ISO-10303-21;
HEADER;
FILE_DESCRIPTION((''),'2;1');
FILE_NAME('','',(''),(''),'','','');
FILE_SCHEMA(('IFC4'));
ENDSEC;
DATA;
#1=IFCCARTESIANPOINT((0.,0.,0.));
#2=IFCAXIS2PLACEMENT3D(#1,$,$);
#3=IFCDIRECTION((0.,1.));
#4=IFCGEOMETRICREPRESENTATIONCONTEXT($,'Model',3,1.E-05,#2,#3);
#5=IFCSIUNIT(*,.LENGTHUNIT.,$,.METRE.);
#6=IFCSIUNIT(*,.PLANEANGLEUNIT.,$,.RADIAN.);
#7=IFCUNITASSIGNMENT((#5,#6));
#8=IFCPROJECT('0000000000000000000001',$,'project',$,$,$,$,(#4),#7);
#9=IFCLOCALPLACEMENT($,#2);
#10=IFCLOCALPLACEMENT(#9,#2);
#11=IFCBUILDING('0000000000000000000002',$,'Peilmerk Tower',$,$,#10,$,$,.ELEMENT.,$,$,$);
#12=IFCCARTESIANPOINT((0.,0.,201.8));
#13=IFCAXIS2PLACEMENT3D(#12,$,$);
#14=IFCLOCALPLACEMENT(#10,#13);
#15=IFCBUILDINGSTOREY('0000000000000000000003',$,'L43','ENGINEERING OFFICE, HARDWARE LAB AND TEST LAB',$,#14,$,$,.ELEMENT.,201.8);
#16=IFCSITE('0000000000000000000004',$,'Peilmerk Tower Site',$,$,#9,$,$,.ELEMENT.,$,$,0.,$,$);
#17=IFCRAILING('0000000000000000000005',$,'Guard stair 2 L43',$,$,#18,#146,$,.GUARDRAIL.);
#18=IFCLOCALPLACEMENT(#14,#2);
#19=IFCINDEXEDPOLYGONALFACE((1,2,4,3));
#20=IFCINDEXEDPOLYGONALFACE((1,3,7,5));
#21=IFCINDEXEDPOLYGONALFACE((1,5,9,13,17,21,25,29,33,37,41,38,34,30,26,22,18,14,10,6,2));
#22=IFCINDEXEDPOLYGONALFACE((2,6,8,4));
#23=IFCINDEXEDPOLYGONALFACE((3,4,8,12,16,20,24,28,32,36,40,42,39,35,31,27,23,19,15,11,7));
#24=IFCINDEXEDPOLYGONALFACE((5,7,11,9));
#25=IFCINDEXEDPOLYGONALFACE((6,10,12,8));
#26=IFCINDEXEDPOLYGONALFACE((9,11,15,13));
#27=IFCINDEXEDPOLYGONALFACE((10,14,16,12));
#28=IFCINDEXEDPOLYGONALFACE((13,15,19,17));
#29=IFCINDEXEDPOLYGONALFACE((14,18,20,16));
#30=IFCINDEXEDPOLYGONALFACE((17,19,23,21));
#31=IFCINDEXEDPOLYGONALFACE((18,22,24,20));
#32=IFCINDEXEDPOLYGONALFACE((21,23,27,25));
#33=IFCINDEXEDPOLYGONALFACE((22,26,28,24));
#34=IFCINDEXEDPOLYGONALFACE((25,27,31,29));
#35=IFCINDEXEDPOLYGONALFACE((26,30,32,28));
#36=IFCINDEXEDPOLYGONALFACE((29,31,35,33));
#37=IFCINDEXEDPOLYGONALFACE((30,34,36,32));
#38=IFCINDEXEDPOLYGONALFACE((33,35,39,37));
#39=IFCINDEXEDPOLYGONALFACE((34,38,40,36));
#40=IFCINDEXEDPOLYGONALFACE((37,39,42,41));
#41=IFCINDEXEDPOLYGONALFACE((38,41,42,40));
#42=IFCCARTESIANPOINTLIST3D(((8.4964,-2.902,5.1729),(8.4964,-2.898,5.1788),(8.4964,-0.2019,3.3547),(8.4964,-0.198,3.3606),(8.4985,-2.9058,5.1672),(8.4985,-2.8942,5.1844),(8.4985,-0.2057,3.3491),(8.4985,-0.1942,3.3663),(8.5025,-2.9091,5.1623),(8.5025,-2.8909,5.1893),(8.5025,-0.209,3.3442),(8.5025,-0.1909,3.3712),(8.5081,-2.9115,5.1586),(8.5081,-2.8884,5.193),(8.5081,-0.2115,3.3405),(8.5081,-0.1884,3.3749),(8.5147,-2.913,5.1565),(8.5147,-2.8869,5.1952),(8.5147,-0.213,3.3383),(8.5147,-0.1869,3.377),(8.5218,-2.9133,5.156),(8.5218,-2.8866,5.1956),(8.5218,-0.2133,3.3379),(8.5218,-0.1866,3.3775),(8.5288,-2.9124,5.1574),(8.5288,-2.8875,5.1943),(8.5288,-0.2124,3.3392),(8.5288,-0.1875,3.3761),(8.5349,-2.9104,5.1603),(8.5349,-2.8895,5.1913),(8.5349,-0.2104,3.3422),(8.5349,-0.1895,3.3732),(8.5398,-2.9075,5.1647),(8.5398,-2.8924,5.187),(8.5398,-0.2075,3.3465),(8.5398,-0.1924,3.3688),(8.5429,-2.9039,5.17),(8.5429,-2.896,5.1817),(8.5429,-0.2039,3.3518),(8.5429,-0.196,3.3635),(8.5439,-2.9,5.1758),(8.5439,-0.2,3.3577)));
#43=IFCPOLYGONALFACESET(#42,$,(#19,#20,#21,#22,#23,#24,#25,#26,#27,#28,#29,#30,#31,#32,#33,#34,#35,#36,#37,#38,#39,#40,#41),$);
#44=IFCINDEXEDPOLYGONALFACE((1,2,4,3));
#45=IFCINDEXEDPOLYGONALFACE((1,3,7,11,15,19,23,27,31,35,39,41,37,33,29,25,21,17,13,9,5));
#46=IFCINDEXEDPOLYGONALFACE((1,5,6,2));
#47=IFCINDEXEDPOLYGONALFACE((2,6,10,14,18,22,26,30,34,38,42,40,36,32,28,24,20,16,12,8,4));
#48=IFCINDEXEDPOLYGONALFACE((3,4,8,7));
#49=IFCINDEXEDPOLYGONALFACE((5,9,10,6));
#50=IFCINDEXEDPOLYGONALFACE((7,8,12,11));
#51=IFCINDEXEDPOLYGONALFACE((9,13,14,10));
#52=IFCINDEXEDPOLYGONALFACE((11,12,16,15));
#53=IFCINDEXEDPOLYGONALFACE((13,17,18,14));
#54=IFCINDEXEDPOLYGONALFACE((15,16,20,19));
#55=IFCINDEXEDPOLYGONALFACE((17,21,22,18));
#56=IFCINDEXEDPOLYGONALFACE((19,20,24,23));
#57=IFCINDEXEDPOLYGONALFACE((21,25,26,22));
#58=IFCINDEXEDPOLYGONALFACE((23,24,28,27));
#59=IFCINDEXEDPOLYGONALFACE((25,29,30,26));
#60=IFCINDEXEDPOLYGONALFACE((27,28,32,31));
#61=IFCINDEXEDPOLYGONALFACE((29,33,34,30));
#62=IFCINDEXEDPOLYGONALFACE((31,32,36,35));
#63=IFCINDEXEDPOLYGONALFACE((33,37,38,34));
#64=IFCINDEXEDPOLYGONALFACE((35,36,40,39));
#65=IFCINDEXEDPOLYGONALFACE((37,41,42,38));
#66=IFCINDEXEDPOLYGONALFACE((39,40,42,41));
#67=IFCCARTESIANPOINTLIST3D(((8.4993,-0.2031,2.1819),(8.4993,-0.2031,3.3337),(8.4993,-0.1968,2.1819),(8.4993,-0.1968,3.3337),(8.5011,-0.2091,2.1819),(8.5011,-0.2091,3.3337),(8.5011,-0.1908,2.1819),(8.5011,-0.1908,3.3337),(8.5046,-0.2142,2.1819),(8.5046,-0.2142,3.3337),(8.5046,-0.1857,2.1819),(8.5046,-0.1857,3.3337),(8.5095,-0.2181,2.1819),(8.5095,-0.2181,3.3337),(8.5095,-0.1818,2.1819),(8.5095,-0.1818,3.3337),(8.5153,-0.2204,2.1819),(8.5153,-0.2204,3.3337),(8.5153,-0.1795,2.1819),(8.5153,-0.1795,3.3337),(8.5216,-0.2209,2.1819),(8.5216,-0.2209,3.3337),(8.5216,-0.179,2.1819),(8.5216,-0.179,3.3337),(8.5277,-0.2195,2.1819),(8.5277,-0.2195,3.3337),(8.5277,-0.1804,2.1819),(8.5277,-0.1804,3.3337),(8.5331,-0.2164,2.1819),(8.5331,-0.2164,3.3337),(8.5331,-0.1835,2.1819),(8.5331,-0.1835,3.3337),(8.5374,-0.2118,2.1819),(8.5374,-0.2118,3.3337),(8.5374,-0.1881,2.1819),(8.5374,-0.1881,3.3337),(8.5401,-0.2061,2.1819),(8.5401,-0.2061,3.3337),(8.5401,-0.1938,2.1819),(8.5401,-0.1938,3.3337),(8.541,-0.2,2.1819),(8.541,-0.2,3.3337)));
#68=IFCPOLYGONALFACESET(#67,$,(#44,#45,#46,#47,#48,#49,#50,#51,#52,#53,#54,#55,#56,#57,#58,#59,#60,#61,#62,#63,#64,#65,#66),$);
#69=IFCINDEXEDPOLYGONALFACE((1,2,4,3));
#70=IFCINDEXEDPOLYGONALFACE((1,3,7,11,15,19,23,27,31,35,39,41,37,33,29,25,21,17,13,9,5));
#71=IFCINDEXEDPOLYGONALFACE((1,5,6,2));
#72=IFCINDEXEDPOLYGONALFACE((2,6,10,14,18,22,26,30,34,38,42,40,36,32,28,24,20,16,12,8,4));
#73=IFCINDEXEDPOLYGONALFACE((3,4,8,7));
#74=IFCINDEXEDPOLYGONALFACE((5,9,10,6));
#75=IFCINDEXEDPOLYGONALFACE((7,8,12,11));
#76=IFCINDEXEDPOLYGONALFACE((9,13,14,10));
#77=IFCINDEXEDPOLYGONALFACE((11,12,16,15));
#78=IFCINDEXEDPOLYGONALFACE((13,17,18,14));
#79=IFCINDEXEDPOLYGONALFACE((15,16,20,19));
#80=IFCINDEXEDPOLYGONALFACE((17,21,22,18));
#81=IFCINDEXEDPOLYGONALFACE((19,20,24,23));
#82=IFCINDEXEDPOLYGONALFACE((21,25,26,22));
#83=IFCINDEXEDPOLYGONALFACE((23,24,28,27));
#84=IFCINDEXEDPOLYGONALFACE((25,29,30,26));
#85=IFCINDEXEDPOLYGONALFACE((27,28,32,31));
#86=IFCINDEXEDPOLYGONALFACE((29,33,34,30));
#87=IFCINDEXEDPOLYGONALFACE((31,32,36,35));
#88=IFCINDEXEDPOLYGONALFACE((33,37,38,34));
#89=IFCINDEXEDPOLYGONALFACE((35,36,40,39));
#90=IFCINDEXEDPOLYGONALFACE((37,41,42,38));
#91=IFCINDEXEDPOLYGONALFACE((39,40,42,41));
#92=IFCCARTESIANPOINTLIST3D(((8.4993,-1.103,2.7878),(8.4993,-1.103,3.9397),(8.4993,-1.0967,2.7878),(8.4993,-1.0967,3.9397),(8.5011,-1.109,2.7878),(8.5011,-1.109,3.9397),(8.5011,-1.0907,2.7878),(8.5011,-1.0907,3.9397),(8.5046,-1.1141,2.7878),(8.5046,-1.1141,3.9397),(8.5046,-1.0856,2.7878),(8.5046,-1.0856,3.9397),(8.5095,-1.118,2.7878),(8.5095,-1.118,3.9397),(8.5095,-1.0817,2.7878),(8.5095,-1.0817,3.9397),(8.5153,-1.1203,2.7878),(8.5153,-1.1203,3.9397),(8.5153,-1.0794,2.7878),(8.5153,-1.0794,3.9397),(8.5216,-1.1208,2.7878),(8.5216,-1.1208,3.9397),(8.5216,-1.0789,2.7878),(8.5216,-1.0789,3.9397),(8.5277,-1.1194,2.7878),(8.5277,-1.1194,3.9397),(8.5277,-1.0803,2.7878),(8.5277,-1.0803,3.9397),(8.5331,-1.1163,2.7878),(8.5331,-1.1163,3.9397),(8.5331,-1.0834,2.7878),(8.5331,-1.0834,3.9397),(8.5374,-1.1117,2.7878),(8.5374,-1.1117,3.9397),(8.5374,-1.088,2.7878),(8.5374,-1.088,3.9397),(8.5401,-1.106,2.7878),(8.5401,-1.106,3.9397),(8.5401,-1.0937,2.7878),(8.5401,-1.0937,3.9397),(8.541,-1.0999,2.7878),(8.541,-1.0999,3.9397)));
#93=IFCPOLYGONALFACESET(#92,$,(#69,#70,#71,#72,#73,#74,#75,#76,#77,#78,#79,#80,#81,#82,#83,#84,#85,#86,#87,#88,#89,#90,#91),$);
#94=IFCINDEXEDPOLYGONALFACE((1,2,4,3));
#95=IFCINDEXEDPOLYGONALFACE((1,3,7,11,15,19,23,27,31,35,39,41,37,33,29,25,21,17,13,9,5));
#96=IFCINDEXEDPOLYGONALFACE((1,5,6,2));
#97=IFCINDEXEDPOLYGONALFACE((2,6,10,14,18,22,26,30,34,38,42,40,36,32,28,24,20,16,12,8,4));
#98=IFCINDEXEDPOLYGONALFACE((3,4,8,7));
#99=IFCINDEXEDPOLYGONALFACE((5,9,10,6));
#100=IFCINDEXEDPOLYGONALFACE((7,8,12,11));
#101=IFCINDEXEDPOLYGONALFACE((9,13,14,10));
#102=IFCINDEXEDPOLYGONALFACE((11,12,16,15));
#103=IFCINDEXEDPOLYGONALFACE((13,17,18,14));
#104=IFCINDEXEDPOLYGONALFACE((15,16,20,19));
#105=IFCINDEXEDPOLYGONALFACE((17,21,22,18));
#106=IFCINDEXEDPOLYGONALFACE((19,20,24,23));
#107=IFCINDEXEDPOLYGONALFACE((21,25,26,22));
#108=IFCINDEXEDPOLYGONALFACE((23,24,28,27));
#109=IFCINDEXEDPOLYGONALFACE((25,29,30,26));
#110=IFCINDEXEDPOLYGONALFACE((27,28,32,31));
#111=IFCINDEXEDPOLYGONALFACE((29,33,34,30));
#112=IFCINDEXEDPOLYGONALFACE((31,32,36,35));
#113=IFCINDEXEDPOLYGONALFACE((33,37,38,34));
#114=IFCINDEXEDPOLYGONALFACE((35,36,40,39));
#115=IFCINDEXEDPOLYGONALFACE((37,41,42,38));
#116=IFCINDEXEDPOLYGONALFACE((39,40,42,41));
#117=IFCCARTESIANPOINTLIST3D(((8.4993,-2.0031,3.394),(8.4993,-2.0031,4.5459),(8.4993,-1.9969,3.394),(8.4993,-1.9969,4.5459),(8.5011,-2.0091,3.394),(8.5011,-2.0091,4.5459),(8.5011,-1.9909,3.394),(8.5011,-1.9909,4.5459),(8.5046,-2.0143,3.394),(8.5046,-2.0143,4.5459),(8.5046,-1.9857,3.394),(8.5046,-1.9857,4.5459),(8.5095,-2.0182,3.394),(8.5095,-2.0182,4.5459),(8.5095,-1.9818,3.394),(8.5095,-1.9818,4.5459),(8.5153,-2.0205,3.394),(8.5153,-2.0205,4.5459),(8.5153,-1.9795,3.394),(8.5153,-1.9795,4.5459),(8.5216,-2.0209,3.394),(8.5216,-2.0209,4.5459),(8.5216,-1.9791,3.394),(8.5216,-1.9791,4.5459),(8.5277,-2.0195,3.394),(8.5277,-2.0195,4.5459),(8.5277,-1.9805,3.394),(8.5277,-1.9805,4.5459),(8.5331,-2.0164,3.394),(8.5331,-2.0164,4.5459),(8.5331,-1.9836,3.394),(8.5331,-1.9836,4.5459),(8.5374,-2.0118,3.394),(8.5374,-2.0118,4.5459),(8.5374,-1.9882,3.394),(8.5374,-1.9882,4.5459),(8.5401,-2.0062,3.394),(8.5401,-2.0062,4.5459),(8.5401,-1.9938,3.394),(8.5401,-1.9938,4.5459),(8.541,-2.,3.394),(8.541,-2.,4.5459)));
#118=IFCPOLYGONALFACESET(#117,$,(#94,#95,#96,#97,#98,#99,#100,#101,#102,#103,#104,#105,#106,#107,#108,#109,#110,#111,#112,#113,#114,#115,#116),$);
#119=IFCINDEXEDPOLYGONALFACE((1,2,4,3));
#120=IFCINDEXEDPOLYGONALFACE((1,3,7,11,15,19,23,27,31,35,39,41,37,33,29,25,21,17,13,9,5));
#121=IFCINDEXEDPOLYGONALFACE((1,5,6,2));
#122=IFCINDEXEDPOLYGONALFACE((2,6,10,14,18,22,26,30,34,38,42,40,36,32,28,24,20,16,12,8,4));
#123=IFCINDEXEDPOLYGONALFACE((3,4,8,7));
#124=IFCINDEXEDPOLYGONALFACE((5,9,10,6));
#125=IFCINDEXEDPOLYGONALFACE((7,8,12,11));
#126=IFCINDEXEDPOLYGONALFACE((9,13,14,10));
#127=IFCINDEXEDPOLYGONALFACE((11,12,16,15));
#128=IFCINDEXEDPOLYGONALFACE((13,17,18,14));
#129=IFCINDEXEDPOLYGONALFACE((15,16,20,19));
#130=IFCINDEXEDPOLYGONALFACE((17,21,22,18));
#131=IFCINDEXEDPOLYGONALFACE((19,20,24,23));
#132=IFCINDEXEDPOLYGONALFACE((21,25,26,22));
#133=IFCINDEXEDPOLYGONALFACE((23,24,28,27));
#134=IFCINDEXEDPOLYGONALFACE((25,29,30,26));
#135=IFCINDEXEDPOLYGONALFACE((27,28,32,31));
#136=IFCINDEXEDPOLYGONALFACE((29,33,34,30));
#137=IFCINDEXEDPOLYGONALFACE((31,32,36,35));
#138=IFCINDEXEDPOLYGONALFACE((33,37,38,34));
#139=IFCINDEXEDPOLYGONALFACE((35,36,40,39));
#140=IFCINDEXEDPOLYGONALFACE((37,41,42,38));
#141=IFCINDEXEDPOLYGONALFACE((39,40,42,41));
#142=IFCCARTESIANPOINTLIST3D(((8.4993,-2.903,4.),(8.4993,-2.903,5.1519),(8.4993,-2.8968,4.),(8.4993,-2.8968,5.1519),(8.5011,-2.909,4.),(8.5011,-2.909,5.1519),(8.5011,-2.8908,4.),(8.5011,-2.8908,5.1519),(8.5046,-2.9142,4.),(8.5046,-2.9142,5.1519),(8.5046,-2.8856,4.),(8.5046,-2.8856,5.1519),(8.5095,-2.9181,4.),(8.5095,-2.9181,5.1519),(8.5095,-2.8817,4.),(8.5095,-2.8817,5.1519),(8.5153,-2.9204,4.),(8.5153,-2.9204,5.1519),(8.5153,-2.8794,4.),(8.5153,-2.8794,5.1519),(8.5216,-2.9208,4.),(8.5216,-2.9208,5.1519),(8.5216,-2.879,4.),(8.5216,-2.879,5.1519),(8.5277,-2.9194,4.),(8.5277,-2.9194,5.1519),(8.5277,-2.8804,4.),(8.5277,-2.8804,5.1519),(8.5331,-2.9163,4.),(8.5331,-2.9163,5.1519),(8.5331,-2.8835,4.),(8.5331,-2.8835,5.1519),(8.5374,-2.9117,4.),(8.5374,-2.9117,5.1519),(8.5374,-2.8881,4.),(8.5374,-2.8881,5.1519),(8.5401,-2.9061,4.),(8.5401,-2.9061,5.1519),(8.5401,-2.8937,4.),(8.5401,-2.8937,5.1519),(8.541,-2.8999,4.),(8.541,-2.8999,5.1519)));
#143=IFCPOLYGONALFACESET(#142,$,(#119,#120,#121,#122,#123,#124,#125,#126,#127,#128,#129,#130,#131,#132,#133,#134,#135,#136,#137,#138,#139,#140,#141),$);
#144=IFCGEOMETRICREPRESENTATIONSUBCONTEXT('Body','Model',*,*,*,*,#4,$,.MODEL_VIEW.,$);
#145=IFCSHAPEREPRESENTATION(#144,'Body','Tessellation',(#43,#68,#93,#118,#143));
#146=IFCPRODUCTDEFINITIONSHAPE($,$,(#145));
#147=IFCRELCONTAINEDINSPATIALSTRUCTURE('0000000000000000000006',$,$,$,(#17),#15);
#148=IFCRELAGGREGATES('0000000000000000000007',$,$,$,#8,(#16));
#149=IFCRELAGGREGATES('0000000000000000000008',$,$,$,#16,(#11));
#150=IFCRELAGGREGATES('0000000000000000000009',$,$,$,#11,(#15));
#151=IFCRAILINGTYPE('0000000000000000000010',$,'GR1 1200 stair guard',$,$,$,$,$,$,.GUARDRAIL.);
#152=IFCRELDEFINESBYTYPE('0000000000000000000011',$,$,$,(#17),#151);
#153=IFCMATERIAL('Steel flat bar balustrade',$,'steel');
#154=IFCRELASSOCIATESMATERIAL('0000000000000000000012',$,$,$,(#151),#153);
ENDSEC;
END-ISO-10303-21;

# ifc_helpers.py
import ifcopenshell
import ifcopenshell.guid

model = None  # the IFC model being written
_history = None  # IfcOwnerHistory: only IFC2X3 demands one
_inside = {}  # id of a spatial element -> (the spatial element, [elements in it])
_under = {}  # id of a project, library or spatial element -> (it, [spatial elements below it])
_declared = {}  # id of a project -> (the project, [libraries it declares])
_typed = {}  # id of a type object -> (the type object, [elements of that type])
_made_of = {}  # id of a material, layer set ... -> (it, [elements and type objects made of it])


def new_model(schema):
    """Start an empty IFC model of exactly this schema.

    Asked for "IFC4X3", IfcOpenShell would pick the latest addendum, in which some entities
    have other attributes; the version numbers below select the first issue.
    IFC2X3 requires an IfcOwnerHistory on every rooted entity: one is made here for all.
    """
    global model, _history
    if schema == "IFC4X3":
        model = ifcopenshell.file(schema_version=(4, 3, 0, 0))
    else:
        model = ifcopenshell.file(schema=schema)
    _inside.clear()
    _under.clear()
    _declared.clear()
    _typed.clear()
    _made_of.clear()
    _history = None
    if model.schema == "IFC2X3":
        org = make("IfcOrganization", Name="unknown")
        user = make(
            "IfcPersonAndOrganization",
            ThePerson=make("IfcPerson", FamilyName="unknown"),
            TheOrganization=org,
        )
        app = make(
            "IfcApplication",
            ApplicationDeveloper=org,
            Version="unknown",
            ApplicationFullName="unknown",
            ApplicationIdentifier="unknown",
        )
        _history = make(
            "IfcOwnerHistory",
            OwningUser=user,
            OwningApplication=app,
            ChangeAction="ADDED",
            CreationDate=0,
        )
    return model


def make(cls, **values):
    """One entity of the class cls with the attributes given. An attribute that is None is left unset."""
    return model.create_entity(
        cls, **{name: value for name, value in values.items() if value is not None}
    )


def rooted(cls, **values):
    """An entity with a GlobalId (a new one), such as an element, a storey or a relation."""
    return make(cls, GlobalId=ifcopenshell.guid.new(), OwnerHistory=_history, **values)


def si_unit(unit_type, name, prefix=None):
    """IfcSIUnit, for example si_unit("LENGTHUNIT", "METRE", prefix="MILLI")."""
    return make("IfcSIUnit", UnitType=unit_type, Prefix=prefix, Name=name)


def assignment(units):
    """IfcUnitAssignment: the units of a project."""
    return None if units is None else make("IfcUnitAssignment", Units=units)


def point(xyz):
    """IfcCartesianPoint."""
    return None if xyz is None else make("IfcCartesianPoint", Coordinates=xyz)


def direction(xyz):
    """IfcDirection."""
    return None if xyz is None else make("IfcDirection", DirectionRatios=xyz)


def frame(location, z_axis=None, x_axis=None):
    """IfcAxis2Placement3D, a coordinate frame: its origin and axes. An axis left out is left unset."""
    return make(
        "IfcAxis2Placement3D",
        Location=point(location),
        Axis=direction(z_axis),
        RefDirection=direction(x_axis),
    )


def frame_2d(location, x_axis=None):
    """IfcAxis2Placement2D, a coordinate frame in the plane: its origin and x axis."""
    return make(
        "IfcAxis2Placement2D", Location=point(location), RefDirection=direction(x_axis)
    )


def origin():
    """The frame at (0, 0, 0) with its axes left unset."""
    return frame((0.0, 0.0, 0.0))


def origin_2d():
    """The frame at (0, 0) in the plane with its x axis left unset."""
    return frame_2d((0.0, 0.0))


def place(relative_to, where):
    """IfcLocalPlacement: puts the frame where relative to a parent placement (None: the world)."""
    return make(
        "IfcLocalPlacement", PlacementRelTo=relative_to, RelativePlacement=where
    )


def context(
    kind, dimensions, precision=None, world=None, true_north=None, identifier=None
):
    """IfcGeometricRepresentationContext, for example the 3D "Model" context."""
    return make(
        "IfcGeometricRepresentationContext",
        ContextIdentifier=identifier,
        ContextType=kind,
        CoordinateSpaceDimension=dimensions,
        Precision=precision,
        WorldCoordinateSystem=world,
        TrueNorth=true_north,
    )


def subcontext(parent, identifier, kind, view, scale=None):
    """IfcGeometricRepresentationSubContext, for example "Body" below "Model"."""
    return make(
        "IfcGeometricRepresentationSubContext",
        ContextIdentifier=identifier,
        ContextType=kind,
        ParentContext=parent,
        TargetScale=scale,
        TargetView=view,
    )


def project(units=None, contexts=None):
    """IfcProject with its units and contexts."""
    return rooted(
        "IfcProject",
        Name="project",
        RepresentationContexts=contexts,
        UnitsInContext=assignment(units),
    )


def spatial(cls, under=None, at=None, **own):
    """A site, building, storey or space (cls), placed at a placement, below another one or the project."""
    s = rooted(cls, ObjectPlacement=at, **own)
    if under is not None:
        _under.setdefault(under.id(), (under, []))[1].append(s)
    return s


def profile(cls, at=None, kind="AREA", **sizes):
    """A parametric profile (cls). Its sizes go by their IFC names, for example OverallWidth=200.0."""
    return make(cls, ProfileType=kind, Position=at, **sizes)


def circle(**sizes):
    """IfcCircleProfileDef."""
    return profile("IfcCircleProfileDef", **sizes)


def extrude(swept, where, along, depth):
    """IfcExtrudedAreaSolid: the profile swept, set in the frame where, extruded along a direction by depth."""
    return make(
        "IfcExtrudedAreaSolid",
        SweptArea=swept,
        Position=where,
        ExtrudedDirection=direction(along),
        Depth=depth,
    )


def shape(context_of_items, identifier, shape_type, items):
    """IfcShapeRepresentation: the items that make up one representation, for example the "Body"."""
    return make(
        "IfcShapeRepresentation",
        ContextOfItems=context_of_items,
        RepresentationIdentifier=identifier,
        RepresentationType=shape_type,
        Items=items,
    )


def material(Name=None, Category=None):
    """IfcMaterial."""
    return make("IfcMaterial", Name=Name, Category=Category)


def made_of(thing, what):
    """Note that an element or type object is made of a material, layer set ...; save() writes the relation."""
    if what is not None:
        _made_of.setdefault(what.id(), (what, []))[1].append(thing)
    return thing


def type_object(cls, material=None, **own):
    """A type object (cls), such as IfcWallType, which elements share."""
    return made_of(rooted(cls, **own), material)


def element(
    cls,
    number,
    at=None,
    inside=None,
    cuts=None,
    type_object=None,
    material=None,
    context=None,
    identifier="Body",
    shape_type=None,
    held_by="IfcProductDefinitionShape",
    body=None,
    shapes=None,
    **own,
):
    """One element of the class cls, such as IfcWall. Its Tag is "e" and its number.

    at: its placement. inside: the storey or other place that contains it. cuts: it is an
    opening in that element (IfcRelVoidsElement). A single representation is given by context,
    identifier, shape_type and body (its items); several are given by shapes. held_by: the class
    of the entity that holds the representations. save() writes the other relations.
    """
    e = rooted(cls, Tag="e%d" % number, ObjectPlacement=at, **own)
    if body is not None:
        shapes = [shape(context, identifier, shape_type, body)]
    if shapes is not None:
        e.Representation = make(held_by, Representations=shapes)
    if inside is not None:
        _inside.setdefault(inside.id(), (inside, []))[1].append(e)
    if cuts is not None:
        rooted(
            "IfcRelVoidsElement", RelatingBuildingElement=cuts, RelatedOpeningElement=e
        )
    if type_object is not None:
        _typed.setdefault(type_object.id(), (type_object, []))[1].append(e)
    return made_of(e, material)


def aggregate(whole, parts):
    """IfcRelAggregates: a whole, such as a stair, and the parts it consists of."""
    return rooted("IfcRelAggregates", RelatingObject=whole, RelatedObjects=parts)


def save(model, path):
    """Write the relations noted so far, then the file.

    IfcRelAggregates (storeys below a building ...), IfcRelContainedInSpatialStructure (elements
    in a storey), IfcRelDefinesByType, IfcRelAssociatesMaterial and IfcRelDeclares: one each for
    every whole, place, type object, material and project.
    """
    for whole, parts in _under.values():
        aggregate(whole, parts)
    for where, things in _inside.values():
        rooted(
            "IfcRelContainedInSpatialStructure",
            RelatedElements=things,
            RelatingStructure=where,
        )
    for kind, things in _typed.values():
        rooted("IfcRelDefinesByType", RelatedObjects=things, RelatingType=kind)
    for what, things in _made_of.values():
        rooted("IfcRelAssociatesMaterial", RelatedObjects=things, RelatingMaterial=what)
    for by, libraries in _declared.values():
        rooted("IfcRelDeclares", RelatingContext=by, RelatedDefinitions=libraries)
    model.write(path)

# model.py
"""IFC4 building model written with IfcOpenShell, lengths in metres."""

from ifc_helpers import new_model, si_unit, direction, frame, origin, origin_2d, place, context, subcontext, project, spatial, circle, extrude, material, type_object, element, save


model = new_model("IFC4")

# Units and contexts
model_context = context("Model", 3, precision=1e-05, world=origin(), true_north=direction((0.0, 1.0)))
body_context = subcontext(model_context, "Body", "Model", "MODEL_VIEW")
ifc_project = project(units=[si_unit("LENGTHUNIT", "METRE"), si_unit("PLANEANGLEUNIT", "RADIAN")], contexts=[model_context])

# Site, building, storey
site_placement = place(None, origin())
site = spatial("IfcSite", under=ifc_project, at=site_placement, Name="Peilmerk Tower Site", CompositionType="ELEMENT", RefElevation=0.0)
building_placement = place(site_placement, origin())
building = spatial("IfcBuilding", under=site, at=building_placement, Name="Peilmerk Tower", CompositionType="ELEMENT")
storey_placement = place(building_placement, frame((0.0, 0.0, 201.8)))
storey = spatial("IfcBuildingStorey", under=building, at=storey_placement, Name="L43", Description="ENGINEERING OFFICE, HARDWARE LAB AND TEST LAB", CompositionType="ELEMENT", Elevation=201.8)

# Railing
ifc_material_1 = material(Name="Steel flat bar balustrade", Category="steel")
railing_type_1 = type_object("IfcRailingType", Name="GR1 1200 stair guard", PredefinedType="GUARDRAIL", material=ifc_material_1)
railing_1_placement = place(storey_placement, frame((8.52, -0.2, 2.1819)))
element("IfcRailing", 1, at=railing_1_placement, inside=storey, type_object=railing_type_1, Name="Guard stair 2 L43", PredefinedType="GUARDRAIL", context=body_context, shape_type="SweptSolid", body=[
    extrude(circle(Radius=0.0239, at=origin_2d()), frame((0.0, 0.0, 1.1758), z_axis=(0.0, -0.829468, 0.558554), x_axis=(1.0, 0.0, 0.0)), (0.0, 0.0, 1.0), 3.2551),
    extrude(circle(Radius=0.021, at=origin_2d()), origin(), (0.0, 0.0, 1.0), 1.1519),
    extrude(circle(Radius=0.021, at=origin_2d()), frame((0.0, -0.8999, 0.606)), (0.0, 0.0, 1.0), 1.1519),
    extrude(circle(Radius=0.021, at=origin_2d()), frame((0.0, -1.8, 1.2122)), (0.0, 0.0, 1.0), 1.1519),
    extrude(circle(Radius=0.021, at=origin_2d()), frame((0.0, -2.7, 1.8181)), (0.0, 0.0, 1.0), 1.1519),
])

save(model, "model.ifc")
